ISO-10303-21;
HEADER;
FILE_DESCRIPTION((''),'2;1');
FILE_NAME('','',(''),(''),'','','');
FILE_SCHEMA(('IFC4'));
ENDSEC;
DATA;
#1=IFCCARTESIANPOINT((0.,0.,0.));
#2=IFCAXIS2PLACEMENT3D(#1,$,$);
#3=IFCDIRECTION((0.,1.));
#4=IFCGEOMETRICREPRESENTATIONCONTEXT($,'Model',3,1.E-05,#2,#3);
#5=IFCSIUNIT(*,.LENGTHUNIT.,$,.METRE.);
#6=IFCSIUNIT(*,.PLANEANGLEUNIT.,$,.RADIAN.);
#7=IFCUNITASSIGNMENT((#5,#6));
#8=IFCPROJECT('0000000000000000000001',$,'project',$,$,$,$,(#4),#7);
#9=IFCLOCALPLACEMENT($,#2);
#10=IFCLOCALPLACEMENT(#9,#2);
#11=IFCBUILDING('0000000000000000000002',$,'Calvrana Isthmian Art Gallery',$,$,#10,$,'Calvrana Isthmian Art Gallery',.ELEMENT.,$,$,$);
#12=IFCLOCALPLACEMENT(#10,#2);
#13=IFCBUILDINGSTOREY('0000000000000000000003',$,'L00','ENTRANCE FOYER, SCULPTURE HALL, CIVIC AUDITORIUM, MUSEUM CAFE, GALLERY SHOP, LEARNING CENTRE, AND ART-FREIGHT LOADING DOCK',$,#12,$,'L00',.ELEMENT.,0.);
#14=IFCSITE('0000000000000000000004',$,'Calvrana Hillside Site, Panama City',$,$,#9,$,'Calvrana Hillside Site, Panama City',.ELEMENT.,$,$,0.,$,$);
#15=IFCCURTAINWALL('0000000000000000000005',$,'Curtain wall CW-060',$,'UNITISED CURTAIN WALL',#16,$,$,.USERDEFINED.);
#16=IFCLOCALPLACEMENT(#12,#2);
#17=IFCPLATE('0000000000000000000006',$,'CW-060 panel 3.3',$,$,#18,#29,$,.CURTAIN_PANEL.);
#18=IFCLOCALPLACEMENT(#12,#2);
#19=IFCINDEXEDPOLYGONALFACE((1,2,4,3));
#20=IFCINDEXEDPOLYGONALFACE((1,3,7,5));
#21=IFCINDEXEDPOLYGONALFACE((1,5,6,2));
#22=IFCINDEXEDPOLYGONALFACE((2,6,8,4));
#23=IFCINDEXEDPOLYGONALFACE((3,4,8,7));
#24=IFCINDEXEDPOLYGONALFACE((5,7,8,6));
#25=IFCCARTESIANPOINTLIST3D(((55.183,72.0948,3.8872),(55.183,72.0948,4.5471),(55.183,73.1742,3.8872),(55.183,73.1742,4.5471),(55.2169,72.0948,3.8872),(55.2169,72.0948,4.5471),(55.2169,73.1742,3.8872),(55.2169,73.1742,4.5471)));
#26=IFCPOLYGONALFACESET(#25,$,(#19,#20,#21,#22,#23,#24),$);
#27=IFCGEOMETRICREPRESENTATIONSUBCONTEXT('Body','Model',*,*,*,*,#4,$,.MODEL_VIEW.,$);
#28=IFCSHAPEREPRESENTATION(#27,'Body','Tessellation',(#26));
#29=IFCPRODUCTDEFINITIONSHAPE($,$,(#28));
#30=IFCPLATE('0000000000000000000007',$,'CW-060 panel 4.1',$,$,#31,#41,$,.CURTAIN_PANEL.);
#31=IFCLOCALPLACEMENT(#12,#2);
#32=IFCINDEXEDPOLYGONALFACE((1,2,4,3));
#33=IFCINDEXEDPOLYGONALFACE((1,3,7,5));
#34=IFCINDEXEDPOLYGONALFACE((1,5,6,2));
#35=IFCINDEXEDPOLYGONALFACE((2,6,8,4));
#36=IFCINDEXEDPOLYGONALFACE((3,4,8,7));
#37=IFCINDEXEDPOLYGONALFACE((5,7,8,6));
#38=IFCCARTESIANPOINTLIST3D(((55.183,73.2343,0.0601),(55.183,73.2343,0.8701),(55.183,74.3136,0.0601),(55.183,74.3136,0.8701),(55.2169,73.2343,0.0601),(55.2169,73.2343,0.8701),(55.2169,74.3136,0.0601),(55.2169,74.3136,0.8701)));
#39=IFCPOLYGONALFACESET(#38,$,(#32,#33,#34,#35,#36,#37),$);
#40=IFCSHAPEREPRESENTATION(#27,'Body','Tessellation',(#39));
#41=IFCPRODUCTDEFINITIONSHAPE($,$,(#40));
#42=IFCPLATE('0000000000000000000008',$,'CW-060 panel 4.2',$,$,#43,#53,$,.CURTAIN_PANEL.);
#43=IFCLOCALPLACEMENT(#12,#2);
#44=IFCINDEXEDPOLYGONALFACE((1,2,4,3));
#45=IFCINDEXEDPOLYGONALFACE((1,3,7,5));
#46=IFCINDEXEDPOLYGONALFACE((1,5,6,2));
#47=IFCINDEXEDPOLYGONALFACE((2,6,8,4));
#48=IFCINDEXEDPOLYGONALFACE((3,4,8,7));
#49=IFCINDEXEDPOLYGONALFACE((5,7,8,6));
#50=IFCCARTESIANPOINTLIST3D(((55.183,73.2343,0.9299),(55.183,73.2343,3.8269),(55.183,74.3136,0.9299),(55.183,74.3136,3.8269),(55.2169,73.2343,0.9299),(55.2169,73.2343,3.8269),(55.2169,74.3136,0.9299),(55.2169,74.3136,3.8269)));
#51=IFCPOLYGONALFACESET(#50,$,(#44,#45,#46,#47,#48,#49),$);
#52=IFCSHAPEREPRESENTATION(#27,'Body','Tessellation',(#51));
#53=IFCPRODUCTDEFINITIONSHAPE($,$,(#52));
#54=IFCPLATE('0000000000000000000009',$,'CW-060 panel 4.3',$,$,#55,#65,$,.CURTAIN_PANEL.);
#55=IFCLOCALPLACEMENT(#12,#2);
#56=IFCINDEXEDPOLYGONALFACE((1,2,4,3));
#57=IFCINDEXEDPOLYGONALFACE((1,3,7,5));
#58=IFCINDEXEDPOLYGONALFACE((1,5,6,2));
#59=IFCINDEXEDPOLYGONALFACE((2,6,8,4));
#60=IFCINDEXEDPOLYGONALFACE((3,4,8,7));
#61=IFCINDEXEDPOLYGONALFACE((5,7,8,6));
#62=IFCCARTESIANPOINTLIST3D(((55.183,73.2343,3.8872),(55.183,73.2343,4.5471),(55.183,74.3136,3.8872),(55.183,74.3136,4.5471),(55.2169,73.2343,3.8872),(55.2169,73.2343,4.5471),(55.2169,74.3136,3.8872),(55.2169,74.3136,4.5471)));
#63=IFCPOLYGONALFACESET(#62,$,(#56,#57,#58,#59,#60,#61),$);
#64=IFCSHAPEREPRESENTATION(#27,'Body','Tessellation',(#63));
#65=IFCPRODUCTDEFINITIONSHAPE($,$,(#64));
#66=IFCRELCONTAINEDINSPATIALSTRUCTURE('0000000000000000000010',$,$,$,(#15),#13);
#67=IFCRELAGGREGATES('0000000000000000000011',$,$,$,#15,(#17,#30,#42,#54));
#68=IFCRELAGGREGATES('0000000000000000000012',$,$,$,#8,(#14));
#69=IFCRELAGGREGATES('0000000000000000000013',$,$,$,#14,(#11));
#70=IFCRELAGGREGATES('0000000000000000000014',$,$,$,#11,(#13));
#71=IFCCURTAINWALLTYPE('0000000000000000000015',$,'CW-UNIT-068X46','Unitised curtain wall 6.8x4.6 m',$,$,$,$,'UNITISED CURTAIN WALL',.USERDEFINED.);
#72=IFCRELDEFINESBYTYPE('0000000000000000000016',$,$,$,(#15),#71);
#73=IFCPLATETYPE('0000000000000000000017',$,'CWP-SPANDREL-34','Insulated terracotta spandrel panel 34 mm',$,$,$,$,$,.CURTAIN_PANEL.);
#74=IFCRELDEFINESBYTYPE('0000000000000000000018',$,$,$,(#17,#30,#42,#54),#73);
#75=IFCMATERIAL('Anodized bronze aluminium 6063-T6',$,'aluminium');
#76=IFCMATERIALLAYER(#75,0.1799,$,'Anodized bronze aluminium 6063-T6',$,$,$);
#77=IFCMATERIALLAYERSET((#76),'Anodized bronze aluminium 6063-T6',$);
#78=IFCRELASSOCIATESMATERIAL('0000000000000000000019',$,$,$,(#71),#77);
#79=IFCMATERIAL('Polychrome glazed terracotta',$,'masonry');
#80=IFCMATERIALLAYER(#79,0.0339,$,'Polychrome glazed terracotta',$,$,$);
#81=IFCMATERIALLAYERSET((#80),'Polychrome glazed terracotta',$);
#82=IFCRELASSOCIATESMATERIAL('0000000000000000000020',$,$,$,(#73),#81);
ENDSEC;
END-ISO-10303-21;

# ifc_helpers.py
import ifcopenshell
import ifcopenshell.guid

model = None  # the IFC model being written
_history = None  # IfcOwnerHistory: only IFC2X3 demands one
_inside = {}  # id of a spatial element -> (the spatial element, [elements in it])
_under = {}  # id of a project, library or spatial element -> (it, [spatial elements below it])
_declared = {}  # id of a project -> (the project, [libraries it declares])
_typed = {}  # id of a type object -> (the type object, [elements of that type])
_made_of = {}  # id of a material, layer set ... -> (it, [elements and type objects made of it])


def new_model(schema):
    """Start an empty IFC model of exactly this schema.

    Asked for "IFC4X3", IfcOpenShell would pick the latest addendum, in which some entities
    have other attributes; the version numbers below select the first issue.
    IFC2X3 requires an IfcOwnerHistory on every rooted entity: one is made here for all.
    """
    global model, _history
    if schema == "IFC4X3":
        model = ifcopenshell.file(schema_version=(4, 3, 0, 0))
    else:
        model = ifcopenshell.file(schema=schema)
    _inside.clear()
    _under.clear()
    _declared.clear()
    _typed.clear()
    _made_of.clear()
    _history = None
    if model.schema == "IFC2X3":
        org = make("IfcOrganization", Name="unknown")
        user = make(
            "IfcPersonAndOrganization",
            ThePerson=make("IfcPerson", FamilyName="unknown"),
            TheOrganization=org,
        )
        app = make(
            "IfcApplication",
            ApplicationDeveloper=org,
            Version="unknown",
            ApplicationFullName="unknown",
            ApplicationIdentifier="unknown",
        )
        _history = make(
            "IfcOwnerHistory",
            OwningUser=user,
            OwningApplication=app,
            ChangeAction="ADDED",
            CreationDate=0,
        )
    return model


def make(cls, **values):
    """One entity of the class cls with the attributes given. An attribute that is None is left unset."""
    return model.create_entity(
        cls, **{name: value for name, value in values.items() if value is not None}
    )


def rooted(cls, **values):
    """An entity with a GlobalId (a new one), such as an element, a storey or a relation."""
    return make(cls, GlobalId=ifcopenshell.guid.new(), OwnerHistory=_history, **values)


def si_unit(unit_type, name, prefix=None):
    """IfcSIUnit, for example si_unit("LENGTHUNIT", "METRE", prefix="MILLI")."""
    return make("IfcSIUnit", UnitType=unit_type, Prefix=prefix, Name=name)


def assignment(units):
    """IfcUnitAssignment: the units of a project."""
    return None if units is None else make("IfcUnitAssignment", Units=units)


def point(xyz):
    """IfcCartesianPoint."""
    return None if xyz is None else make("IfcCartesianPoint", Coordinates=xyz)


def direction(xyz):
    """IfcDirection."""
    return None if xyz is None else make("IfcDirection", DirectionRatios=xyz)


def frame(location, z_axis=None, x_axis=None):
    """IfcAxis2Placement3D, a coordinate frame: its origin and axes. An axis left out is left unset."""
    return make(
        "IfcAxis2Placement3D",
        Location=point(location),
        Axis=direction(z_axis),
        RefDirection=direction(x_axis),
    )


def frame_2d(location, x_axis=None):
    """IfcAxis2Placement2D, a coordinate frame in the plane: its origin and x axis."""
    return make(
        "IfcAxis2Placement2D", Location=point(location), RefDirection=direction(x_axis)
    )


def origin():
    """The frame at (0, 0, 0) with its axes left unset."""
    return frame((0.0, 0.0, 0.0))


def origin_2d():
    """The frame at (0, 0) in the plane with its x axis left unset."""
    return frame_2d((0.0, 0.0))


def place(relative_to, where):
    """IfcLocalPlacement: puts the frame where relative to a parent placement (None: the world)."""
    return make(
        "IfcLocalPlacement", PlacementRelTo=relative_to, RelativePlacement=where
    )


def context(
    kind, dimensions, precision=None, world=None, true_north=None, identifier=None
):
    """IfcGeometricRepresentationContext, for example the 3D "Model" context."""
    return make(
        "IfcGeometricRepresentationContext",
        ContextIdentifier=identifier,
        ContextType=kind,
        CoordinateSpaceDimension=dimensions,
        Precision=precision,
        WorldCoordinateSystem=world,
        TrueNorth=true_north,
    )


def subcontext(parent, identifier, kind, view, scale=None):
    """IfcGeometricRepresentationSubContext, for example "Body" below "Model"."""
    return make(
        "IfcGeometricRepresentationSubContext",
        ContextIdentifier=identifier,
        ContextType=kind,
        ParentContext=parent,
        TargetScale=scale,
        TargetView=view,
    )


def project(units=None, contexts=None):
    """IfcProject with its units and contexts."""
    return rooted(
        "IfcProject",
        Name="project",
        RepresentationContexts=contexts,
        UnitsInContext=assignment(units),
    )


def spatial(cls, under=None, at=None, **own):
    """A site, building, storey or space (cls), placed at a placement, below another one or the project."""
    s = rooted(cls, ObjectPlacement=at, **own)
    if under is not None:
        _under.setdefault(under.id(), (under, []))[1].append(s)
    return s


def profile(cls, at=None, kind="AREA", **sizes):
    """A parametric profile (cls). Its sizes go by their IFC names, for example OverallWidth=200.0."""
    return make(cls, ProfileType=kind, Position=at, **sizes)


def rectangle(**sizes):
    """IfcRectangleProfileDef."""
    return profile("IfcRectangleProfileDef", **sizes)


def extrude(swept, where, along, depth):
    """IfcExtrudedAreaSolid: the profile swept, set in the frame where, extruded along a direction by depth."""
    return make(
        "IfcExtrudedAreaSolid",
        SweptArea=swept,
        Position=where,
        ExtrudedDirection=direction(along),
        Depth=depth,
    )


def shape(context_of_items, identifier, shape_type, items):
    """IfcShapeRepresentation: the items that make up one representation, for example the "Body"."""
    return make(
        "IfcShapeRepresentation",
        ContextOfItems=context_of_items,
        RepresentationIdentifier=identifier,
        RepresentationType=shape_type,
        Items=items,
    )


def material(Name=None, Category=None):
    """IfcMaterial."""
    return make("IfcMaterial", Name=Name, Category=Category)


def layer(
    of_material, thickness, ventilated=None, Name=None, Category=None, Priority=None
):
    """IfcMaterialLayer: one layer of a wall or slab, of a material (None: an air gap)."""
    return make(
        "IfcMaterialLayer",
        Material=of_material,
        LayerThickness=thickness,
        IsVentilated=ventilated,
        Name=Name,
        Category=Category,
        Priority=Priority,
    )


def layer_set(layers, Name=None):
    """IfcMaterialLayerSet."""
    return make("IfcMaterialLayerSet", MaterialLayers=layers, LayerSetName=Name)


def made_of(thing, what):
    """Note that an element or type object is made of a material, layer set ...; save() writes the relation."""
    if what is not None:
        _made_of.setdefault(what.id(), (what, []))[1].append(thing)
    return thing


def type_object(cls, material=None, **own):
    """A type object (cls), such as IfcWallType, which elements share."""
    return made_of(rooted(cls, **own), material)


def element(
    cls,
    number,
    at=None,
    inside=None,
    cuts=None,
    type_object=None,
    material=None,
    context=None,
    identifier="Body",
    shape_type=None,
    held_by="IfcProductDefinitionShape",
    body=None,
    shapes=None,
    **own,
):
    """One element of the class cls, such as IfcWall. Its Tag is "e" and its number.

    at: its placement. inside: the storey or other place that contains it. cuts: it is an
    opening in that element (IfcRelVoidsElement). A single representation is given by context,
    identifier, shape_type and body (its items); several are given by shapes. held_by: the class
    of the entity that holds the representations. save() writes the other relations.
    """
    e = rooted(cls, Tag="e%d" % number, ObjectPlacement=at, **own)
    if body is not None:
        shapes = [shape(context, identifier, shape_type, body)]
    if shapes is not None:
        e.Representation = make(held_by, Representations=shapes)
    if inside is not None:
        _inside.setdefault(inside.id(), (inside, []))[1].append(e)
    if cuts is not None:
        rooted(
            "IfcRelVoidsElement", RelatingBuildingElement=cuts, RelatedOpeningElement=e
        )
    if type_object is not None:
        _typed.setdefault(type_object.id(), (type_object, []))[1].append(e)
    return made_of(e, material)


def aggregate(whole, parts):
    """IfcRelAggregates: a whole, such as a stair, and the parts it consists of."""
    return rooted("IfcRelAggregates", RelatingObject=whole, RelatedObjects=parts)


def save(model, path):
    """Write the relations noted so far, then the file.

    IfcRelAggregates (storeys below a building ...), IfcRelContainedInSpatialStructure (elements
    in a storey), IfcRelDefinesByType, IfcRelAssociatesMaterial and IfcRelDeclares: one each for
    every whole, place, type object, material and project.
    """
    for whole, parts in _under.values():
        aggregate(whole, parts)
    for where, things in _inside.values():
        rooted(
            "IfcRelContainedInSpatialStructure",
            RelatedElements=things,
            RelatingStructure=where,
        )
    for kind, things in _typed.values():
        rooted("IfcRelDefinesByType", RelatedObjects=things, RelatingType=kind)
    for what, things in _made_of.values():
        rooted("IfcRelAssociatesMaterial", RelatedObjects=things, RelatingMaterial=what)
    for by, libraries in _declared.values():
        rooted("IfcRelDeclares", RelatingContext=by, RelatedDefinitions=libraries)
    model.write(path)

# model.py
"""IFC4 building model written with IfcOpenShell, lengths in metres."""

from ifc_helpers import new_model, si_unit, direction, frame, origin, origin_2d, place, context, subcontext, project, spatial, rectangle, extrude, material, layer, layer_set, type_object, element, aggregate, save


model = new_model("IFC4")

# Units and contexts
model_context = context("Model", 3, precision=1e-05, world=origin(), true_north=direction((0.0, 1.0)))
body_context = subcontext(model_context, "Body", "Model", "MODEL_VIEW")
ifc_project = project(units=[si_unit("LENGTHUNIT", "METRE"), si_unit("PLANEANGLEUNIT", "RADIAN")], contexts=[model_context])

# Site, building, storey
site_placement = place(None, origin())
site = spatial("IfcSite", under=ifc_project, at=site_placement, Name="Calvrana Hillside Site, Panama City", LongName="Calvrana Hillside Site, Panama City", CompositionType="ELEMENT", RefElevation=0.0)
building_placement = place(site_placement, origin())
building = spatial("IfcBuilding", under=site, at=building_placement, Name="Calvrana Isthmian Art Gallery", LongName="Calvrana Isthmian Art Gallery", CompositionType="ELEMENT")
storey_placement = place(building_placement, origin())
storey = spatial("IfcBuildingStorey", under=building, at=storey_placement, Name="L00", Description="ENTRANCE FOYER, SCULPTURE HALL, CIVIC AUDITORIUM, MUSEUM CAFE, GALLERY SHOP, LEARNING CENTRE, AND ART-FREIGHT LOADING DOCK", LongName="L00", CompositionType="ELEMENT", Elevation=0.0)

# Curtain wall, plates
ifc_material_1 = material(Name="Anodized bronze aluminium 6063-T6", Category="aluminium")
ifc_layer_1 = layer(ifc_material_1, 0.1799, Name="Anodized bronze aluminium 6063-T6")
ifc_layer_set_1 = layer_set([ifc_layer_1], Name="Anodized bronze aluminium 6063-T6")
curtain_wall_type = type_object("IfcCurtainWallType", Name="CW-UNIT-068X46", Description="Unitised curtain wall 6.8x4.6 m", ElementType="UNITISED CURTAIN WALL", PredefinedType="USERDEFINED", material=ifc_layer_set_1)
curtain_wall_placement = place(storey_placement, origin())
curtain_wall = element("IfcCurtainWall", 1, at=curtain_wall_placement, inside=storey, type_object=curtain_wall_type, Name="Curtain wall CW-060", ObjectType="UNITISED CURTAIN WALL", PredefinedType="USERDEFINED")
ifc_material_2 = material(Name="Polychrome glazed terracotta", Category="masonry")
ifc_layer_2 = layer(ifc_material_2, 0.0339, Name="Polychrome glazed terracotta")
ifc_layer_set_2 = layer_set([ifc_layer_2], Name="Polychrome glazed terracotta")
plate_type = type_object("IfcPlateType", Name="CWP-SPANDREL-34", Description="Insulated terracotta spandrel panel 34 mm", PredefinedType="CURTAIN_PANEL", material=ifc_layer_set_2)
plate_1_placement = place(storey_placement, frame((55.2, 72.6345, 3.8872), z_axis=(0.0, 0.0, 1.0), x_axis=(0.0, 1.0, 0.0)))
plate_1 = element("IfcPlate", 2, at=plate_1_placement, type_object=plate_type, Name="CW-060 panel 3.3", PredefinedType="CURTAIN_PANEL", context=body_context, shape_type="SweptSolid", body=[
    extrude(rectangle(XDim=1.0793, YDim=0.0339, at=origin_2d()), origin(), (0.0, 0.0, 1.0), 0.6599),
])
plate_2_placement = place(storey_placement, frame((55.2, 73.7739, 0.0601), z_axis=(0.0, 0.0, 1.0), x_axis=(0.0, 1.0, 0.0)))
plate_2 = element("IfcPlate", 3, at=plate_2_placement, type_object=plate_type, Name="CW-060 panel 4.1", PredefinedType="CURTAIN_PANEL", context=body_context, shape_type="SweptSolid", body=[
    extrude(rectangle(XDim=1.0793, YDim=0.0339, at=origin_2d()), origin(), (0.0, 0.0, 1.0), 0.8101),
])
plate_3_placement = place(storey_placement, frame((55.2, 73.7739, 0.9299), z_axis=(0.0, 0.0, 1.0), x_axis=(0.0, 1.0, 0.0)))
plate_3 = element("IfcPlate", 4, at=plate_3_placement, type_object=plate_type, Name="CW-060 panel 4.2", PredefinedType="CURTAIN_PANEL", context=body_context, shape_type="SweptSolid", body=[
    extrude(rectangle(XDim=1.0793, YDim=0.0339, at=origin_2d()), origin(), (0.0, 0.0, 1.0), 2.897),
])
plate_4_placement = place(storey_placement, frame((55.2, 73.7739, 3.8872), z_axis=(0.0, 0.0, 1.0), x_axis=(0.0, 1.0, 0.0)))
plate_4 = element("IfcPlate", 5, at=plate_4_placement, type_object=plate_type, Name="CW-060 panel 4.3", PredefinedType="CURTAIN_PANEL", context=body_context, shape_type="SweptSolid", body=[
    extrude(rectangle(XDim=1.0793, YDim=0.0339, at=origin_2d()), origin(), (0.0, 0.0, 1.0), 0.6599),
])
aggregate(curtain_wall, [plate_1, plate_2, plate_3, plate_4])

save(model, "model.ifc")
